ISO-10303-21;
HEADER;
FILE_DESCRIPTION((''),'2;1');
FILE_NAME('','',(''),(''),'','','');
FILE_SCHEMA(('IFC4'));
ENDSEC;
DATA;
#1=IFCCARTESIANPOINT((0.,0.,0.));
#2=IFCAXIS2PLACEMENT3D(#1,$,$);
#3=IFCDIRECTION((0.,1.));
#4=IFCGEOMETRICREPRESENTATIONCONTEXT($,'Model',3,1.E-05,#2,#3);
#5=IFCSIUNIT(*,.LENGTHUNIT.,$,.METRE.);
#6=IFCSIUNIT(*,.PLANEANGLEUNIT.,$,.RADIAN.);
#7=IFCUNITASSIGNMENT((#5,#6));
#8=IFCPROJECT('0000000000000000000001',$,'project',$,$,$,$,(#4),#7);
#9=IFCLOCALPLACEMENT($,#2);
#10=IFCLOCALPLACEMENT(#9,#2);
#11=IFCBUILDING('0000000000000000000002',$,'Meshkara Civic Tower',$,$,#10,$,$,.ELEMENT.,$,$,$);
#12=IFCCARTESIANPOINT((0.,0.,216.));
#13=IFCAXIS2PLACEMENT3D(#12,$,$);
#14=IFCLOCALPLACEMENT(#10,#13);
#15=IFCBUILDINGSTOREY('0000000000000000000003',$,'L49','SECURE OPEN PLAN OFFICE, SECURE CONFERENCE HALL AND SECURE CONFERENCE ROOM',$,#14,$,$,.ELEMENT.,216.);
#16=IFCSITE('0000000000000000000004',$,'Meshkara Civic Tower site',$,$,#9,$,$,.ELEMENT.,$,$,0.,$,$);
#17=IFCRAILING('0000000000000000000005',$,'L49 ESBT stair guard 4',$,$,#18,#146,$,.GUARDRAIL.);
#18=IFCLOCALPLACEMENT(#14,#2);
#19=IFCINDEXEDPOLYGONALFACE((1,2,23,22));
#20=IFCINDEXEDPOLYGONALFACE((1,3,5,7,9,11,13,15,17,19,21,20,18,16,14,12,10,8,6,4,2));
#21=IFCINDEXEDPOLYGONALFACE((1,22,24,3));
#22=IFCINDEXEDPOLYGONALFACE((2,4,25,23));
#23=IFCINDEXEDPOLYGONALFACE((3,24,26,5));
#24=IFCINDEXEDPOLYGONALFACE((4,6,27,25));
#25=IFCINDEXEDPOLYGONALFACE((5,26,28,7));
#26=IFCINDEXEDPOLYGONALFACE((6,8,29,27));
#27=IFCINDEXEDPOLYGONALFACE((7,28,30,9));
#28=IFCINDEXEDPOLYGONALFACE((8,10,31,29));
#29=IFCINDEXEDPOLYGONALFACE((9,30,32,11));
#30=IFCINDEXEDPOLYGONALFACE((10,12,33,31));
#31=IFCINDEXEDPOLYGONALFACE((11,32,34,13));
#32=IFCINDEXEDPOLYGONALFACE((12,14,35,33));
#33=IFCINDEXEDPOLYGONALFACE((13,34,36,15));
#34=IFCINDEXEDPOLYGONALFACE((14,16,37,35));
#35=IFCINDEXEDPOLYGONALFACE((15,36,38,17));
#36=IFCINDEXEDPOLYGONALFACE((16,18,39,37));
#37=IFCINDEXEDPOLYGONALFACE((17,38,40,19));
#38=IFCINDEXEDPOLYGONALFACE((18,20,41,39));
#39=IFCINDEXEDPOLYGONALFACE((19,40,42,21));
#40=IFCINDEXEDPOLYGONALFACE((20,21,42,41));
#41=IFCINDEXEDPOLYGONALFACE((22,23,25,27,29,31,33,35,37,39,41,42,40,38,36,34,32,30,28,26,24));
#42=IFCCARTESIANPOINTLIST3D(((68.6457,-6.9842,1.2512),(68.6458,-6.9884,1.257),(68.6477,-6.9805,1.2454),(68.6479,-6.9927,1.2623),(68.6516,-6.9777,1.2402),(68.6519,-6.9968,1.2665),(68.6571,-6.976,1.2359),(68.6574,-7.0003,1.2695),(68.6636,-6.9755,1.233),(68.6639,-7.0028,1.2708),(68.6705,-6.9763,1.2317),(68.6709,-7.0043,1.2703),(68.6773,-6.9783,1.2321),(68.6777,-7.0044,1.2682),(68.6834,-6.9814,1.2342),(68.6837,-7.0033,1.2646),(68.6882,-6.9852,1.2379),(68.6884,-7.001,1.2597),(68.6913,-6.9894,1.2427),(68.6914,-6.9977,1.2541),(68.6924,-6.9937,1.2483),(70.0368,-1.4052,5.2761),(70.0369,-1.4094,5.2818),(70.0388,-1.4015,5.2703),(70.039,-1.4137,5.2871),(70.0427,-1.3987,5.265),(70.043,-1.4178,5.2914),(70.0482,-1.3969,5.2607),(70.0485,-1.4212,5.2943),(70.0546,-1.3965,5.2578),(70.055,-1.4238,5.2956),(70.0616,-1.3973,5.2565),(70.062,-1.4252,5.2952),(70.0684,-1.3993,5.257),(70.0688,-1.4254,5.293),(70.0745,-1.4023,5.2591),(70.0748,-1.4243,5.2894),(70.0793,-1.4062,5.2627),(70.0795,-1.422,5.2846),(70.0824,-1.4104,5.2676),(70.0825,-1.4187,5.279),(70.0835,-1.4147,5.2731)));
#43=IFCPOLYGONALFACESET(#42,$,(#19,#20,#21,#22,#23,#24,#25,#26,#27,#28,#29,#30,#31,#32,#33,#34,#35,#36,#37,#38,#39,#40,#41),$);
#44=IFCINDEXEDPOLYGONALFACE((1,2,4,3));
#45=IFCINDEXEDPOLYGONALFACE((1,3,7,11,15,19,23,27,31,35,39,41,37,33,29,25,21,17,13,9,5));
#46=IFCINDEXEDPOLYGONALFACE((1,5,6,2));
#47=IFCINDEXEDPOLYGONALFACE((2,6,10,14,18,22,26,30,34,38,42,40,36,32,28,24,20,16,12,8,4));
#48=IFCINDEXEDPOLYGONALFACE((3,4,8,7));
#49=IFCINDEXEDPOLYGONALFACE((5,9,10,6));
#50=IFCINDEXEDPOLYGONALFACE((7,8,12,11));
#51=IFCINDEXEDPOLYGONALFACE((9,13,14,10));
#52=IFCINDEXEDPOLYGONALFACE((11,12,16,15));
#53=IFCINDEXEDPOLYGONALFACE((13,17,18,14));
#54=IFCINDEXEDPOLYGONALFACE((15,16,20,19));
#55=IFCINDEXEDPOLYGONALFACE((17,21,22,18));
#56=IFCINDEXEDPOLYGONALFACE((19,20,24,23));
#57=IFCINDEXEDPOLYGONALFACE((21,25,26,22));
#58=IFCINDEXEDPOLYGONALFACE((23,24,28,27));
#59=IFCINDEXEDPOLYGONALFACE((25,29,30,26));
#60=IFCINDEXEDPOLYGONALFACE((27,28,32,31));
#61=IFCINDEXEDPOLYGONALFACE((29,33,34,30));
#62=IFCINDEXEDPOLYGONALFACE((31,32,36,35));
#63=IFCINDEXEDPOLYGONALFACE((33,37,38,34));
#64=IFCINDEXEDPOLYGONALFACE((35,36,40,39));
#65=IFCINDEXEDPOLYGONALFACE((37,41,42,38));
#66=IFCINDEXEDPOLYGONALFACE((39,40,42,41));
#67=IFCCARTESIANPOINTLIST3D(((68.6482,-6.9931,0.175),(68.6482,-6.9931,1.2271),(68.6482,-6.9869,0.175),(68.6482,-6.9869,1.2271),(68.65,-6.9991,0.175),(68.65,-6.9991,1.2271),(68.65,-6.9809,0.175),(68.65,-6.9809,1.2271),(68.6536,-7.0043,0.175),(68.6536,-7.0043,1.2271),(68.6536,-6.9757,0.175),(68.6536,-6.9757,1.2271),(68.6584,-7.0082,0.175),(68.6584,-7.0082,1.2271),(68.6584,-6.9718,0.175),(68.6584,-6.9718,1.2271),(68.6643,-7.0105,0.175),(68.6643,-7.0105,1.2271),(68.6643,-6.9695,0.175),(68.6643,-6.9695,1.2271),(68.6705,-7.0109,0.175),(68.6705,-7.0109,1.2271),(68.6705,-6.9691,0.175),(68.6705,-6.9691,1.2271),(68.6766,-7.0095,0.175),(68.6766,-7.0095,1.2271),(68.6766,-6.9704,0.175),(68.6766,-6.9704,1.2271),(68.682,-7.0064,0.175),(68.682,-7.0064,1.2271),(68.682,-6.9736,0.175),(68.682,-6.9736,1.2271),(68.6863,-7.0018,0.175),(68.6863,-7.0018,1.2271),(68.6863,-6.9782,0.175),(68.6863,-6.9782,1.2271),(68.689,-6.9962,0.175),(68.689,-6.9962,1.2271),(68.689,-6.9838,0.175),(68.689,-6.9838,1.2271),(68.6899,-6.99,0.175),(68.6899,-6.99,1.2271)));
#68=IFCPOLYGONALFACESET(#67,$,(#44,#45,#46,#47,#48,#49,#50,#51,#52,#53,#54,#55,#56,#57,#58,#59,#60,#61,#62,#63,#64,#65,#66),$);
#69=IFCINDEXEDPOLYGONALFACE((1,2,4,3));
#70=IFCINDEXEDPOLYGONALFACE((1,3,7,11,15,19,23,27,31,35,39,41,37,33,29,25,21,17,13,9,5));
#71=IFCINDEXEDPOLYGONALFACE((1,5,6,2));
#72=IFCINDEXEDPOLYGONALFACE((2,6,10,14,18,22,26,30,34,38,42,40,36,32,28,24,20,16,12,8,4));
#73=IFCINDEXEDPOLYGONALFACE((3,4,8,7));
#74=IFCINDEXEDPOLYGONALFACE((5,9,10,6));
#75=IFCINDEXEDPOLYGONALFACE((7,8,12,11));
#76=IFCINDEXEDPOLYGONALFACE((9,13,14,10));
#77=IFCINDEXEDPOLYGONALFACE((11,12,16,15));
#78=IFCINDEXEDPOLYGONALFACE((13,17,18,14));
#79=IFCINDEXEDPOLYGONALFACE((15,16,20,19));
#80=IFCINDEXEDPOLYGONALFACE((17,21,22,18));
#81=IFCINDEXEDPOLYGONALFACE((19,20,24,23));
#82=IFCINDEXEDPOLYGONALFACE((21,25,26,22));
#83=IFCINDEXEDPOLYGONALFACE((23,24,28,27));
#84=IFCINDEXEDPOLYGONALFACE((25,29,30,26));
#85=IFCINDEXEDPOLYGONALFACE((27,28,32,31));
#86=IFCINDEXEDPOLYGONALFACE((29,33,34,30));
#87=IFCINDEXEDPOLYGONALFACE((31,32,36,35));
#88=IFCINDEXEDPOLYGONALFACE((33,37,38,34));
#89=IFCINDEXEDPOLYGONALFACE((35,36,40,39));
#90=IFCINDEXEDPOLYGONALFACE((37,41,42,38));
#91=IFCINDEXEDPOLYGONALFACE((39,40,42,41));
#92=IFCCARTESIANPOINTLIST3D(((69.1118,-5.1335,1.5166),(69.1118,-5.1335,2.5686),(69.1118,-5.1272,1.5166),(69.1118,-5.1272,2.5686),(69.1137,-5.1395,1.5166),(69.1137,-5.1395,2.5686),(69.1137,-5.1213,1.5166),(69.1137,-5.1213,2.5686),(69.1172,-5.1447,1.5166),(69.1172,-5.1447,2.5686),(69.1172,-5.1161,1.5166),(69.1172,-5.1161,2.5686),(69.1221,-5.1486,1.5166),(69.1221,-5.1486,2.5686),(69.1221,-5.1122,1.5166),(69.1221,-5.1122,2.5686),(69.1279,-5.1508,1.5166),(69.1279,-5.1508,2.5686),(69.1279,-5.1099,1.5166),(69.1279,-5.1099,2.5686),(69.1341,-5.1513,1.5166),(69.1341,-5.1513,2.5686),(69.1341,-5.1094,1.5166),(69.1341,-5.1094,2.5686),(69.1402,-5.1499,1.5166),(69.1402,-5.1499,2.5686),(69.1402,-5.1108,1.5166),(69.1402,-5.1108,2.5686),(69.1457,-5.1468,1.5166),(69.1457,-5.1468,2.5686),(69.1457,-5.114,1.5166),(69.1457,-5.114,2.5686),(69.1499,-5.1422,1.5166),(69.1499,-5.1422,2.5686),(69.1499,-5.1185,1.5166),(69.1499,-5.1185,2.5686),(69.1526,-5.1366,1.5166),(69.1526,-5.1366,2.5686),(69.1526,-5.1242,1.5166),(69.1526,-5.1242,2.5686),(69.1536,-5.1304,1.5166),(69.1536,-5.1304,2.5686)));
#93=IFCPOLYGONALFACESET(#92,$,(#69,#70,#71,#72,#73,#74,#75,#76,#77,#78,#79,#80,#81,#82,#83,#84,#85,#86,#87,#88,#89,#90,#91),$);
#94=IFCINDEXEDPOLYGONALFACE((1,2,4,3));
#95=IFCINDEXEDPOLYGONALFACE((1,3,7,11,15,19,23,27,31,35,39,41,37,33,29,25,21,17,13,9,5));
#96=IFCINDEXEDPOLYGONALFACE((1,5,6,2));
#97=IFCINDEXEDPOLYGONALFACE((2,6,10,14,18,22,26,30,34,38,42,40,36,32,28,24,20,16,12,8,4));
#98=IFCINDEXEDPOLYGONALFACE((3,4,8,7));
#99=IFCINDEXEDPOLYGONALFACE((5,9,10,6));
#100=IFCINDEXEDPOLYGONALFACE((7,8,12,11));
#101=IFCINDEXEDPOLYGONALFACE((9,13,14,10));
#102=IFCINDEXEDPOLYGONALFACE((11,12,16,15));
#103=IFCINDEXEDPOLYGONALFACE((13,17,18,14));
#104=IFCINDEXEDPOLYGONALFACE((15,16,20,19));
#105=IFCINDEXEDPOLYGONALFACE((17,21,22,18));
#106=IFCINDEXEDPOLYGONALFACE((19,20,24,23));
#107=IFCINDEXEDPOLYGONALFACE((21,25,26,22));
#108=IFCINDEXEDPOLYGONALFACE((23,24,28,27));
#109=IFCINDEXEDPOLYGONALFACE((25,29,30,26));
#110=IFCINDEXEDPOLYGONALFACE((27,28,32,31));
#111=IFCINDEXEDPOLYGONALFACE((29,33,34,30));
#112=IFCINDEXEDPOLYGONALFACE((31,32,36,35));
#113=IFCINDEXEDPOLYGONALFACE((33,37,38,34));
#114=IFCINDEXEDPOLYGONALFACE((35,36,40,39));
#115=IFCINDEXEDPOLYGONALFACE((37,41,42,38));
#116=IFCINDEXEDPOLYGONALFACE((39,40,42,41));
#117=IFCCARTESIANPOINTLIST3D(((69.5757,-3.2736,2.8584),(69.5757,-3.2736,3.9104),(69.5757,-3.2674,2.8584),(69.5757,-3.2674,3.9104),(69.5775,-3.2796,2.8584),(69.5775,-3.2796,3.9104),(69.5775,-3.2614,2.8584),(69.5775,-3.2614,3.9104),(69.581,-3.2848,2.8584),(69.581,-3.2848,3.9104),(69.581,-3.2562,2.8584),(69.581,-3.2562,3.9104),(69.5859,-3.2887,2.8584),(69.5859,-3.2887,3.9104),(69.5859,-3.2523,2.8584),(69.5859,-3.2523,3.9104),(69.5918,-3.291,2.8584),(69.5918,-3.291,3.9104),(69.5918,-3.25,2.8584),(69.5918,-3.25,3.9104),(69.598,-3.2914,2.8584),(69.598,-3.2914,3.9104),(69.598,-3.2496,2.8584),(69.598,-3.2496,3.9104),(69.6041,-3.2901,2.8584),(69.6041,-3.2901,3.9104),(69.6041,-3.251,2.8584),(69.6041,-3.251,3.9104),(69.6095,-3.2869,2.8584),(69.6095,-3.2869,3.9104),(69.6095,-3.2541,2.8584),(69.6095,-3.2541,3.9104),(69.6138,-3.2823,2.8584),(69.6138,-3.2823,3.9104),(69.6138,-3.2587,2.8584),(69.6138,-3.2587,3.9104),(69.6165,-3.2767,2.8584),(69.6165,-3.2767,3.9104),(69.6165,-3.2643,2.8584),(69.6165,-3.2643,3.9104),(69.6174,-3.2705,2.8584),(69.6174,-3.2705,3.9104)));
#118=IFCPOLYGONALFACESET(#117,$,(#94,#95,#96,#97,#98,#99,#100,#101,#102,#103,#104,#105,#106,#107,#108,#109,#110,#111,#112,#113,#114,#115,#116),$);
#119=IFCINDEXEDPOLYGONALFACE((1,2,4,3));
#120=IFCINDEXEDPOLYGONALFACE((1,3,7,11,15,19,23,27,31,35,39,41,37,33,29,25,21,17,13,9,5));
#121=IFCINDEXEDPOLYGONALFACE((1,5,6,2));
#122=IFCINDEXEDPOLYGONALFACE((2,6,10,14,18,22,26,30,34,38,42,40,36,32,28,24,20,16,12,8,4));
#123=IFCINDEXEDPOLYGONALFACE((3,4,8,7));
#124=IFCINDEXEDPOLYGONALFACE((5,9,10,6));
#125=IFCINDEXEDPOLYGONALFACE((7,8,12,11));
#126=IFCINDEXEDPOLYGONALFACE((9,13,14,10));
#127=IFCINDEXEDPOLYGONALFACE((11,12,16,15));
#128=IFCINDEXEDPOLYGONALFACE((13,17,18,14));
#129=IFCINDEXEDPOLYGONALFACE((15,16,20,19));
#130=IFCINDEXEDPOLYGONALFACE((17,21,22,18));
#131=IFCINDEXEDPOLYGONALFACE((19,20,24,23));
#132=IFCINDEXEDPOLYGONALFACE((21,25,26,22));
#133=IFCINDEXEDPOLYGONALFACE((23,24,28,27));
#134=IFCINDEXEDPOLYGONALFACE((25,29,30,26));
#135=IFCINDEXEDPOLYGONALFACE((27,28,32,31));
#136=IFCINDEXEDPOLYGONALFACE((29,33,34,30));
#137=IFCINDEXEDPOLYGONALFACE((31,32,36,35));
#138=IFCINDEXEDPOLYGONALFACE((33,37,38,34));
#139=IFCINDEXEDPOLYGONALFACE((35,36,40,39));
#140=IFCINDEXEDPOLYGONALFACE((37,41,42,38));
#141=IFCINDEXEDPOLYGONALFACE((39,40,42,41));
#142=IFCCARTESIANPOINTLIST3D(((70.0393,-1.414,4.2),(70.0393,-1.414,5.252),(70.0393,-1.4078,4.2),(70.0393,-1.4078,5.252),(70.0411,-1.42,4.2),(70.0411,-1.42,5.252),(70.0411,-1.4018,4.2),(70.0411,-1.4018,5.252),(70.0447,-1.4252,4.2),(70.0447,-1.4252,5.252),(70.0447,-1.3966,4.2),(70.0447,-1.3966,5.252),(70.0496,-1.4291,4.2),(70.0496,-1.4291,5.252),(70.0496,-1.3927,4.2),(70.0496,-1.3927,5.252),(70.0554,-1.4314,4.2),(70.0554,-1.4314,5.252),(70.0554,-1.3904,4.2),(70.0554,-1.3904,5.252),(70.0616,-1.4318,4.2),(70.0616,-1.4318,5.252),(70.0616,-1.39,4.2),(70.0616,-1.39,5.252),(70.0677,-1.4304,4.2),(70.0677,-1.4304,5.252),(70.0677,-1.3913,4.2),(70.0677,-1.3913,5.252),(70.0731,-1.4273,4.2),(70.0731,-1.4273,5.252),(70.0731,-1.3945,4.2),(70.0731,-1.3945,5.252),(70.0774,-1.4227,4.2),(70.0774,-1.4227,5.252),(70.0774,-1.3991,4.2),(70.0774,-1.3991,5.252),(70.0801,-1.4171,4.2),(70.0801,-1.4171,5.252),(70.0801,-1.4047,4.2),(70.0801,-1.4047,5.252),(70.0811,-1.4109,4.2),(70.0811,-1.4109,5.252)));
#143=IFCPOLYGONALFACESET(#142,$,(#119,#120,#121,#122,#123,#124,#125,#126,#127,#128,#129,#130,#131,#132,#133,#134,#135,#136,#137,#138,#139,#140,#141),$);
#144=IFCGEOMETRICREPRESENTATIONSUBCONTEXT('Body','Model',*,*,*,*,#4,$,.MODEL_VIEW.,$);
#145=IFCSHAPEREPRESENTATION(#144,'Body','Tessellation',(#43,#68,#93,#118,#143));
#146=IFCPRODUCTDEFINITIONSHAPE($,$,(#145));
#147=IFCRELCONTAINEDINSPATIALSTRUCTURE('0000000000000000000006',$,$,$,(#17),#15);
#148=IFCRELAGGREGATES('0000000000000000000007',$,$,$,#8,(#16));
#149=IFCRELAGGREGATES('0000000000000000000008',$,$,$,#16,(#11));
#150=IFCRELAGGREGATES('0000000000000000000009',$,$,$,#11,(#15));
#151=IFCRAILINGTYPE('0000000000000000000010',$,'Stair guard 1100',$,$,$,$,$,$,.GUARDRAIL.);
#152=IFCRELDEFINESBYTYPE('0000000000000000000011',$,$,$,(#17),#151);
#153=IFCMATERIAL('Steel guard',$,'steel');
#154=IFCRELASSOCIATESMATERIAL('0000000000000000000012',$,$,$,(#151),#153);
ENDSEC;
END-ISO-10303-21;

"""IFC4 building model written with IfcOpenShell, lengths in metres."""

from ifc_helpers import new_model, si_unit, direction, frame, origin, origin_2d, place, context, subcontext, project, spatial, circle, extrude, material, type_object, element, save


model = new_model("IFC4")

# Units and contexts
model_context = context("Model", 3, precision=1e-05, world=origin(), true_north=direction((0.0, 1.0)))
body_context = subcontext(model_context, "Body", "Model", "MODEL_VIEW")
ifc_project = project(units=[si_unit("LENGTHUNIT", "METRE"), si_unit("PLANEANGLEUNIT", "RADIAN")], contexts=[model_context])

# Site, building, storey
site_placement = place(None, origin())
site = spatial("IfcSite", under=ifc_project, at=site_placement, Name="Meshkara Civic Tower site", CompositionType="ELEMENT", RefElevation=0.0)
building_placement = place(site_placement, origin())
building = spatial("IfcBuilding", under=site, at=building_placement, Name="Meshkara Civic Tower", CompositionType="ELEMENT")
storey_placement = place(building_placement, frame((0.0, 0.0, 216.0)))
storey = spatial("IfcBuildingStorey", under=building, at=storey_placement, Name="L49", Description="SECURE OPEN PLAN OFFICE, SECURE CONFERENCE HALL AND SECURE CONFERENCE ROOM", CompositionType="ELEMENT", Elevation=216.0)

# Railing
ifc_material_1 = material(Name="Steel guard", Category="steel")
railing_type_1 = type_object("IfcRailingType", Name="Stair guard 1100", PredefinedType="GUARDRAIL", material=ifc_material_1)
railing_1_placement = place(storey_placement, frame((68.6689, -6.99, 0.175)))
element("IfcRailing", 1, at=railing_1_placement, inside=storey, type_object=railing_type_1, Name="L49 ESBT stair guard 4", PredefinedType="GUARDRAIL", context=body_context, shape_type="SweptSolid", body=[
    extrude(circle(Radius=0.0239, at=origin_2d()), frame((0.0, 0.0, 1.0762), z_axis=(0.198202, 0.794897, 0.573458), x_axis=(-0.970292, 0.241936, 0.0)), (0.0, 0.0, 1.0), 7.0186),
    extrude(circle(Radius=0.021, at=origin_2d()), origin(), (0.0, 0.0, 1.0), 1.052),
    extrude(circle(Radius=0.021, at=origin_2d()), frame((0.4636, 1.8596, 1.3416)), (0.0, 0.0, 1.0), 1.052),
    extrude(circle(Radius=0.021, at=origin_2d()), frame((0.9275, 3.7195, 2.6833)), (0.0, 0.0, 1.0), 1.052),
    extrude(circle(Radius=0.021, at=origin_2d()), frame((1.3911, 5.5791, 4.0249)), (0.0, 0.0, 1.0), 1.052),
])

save(model, "model.ifc")
